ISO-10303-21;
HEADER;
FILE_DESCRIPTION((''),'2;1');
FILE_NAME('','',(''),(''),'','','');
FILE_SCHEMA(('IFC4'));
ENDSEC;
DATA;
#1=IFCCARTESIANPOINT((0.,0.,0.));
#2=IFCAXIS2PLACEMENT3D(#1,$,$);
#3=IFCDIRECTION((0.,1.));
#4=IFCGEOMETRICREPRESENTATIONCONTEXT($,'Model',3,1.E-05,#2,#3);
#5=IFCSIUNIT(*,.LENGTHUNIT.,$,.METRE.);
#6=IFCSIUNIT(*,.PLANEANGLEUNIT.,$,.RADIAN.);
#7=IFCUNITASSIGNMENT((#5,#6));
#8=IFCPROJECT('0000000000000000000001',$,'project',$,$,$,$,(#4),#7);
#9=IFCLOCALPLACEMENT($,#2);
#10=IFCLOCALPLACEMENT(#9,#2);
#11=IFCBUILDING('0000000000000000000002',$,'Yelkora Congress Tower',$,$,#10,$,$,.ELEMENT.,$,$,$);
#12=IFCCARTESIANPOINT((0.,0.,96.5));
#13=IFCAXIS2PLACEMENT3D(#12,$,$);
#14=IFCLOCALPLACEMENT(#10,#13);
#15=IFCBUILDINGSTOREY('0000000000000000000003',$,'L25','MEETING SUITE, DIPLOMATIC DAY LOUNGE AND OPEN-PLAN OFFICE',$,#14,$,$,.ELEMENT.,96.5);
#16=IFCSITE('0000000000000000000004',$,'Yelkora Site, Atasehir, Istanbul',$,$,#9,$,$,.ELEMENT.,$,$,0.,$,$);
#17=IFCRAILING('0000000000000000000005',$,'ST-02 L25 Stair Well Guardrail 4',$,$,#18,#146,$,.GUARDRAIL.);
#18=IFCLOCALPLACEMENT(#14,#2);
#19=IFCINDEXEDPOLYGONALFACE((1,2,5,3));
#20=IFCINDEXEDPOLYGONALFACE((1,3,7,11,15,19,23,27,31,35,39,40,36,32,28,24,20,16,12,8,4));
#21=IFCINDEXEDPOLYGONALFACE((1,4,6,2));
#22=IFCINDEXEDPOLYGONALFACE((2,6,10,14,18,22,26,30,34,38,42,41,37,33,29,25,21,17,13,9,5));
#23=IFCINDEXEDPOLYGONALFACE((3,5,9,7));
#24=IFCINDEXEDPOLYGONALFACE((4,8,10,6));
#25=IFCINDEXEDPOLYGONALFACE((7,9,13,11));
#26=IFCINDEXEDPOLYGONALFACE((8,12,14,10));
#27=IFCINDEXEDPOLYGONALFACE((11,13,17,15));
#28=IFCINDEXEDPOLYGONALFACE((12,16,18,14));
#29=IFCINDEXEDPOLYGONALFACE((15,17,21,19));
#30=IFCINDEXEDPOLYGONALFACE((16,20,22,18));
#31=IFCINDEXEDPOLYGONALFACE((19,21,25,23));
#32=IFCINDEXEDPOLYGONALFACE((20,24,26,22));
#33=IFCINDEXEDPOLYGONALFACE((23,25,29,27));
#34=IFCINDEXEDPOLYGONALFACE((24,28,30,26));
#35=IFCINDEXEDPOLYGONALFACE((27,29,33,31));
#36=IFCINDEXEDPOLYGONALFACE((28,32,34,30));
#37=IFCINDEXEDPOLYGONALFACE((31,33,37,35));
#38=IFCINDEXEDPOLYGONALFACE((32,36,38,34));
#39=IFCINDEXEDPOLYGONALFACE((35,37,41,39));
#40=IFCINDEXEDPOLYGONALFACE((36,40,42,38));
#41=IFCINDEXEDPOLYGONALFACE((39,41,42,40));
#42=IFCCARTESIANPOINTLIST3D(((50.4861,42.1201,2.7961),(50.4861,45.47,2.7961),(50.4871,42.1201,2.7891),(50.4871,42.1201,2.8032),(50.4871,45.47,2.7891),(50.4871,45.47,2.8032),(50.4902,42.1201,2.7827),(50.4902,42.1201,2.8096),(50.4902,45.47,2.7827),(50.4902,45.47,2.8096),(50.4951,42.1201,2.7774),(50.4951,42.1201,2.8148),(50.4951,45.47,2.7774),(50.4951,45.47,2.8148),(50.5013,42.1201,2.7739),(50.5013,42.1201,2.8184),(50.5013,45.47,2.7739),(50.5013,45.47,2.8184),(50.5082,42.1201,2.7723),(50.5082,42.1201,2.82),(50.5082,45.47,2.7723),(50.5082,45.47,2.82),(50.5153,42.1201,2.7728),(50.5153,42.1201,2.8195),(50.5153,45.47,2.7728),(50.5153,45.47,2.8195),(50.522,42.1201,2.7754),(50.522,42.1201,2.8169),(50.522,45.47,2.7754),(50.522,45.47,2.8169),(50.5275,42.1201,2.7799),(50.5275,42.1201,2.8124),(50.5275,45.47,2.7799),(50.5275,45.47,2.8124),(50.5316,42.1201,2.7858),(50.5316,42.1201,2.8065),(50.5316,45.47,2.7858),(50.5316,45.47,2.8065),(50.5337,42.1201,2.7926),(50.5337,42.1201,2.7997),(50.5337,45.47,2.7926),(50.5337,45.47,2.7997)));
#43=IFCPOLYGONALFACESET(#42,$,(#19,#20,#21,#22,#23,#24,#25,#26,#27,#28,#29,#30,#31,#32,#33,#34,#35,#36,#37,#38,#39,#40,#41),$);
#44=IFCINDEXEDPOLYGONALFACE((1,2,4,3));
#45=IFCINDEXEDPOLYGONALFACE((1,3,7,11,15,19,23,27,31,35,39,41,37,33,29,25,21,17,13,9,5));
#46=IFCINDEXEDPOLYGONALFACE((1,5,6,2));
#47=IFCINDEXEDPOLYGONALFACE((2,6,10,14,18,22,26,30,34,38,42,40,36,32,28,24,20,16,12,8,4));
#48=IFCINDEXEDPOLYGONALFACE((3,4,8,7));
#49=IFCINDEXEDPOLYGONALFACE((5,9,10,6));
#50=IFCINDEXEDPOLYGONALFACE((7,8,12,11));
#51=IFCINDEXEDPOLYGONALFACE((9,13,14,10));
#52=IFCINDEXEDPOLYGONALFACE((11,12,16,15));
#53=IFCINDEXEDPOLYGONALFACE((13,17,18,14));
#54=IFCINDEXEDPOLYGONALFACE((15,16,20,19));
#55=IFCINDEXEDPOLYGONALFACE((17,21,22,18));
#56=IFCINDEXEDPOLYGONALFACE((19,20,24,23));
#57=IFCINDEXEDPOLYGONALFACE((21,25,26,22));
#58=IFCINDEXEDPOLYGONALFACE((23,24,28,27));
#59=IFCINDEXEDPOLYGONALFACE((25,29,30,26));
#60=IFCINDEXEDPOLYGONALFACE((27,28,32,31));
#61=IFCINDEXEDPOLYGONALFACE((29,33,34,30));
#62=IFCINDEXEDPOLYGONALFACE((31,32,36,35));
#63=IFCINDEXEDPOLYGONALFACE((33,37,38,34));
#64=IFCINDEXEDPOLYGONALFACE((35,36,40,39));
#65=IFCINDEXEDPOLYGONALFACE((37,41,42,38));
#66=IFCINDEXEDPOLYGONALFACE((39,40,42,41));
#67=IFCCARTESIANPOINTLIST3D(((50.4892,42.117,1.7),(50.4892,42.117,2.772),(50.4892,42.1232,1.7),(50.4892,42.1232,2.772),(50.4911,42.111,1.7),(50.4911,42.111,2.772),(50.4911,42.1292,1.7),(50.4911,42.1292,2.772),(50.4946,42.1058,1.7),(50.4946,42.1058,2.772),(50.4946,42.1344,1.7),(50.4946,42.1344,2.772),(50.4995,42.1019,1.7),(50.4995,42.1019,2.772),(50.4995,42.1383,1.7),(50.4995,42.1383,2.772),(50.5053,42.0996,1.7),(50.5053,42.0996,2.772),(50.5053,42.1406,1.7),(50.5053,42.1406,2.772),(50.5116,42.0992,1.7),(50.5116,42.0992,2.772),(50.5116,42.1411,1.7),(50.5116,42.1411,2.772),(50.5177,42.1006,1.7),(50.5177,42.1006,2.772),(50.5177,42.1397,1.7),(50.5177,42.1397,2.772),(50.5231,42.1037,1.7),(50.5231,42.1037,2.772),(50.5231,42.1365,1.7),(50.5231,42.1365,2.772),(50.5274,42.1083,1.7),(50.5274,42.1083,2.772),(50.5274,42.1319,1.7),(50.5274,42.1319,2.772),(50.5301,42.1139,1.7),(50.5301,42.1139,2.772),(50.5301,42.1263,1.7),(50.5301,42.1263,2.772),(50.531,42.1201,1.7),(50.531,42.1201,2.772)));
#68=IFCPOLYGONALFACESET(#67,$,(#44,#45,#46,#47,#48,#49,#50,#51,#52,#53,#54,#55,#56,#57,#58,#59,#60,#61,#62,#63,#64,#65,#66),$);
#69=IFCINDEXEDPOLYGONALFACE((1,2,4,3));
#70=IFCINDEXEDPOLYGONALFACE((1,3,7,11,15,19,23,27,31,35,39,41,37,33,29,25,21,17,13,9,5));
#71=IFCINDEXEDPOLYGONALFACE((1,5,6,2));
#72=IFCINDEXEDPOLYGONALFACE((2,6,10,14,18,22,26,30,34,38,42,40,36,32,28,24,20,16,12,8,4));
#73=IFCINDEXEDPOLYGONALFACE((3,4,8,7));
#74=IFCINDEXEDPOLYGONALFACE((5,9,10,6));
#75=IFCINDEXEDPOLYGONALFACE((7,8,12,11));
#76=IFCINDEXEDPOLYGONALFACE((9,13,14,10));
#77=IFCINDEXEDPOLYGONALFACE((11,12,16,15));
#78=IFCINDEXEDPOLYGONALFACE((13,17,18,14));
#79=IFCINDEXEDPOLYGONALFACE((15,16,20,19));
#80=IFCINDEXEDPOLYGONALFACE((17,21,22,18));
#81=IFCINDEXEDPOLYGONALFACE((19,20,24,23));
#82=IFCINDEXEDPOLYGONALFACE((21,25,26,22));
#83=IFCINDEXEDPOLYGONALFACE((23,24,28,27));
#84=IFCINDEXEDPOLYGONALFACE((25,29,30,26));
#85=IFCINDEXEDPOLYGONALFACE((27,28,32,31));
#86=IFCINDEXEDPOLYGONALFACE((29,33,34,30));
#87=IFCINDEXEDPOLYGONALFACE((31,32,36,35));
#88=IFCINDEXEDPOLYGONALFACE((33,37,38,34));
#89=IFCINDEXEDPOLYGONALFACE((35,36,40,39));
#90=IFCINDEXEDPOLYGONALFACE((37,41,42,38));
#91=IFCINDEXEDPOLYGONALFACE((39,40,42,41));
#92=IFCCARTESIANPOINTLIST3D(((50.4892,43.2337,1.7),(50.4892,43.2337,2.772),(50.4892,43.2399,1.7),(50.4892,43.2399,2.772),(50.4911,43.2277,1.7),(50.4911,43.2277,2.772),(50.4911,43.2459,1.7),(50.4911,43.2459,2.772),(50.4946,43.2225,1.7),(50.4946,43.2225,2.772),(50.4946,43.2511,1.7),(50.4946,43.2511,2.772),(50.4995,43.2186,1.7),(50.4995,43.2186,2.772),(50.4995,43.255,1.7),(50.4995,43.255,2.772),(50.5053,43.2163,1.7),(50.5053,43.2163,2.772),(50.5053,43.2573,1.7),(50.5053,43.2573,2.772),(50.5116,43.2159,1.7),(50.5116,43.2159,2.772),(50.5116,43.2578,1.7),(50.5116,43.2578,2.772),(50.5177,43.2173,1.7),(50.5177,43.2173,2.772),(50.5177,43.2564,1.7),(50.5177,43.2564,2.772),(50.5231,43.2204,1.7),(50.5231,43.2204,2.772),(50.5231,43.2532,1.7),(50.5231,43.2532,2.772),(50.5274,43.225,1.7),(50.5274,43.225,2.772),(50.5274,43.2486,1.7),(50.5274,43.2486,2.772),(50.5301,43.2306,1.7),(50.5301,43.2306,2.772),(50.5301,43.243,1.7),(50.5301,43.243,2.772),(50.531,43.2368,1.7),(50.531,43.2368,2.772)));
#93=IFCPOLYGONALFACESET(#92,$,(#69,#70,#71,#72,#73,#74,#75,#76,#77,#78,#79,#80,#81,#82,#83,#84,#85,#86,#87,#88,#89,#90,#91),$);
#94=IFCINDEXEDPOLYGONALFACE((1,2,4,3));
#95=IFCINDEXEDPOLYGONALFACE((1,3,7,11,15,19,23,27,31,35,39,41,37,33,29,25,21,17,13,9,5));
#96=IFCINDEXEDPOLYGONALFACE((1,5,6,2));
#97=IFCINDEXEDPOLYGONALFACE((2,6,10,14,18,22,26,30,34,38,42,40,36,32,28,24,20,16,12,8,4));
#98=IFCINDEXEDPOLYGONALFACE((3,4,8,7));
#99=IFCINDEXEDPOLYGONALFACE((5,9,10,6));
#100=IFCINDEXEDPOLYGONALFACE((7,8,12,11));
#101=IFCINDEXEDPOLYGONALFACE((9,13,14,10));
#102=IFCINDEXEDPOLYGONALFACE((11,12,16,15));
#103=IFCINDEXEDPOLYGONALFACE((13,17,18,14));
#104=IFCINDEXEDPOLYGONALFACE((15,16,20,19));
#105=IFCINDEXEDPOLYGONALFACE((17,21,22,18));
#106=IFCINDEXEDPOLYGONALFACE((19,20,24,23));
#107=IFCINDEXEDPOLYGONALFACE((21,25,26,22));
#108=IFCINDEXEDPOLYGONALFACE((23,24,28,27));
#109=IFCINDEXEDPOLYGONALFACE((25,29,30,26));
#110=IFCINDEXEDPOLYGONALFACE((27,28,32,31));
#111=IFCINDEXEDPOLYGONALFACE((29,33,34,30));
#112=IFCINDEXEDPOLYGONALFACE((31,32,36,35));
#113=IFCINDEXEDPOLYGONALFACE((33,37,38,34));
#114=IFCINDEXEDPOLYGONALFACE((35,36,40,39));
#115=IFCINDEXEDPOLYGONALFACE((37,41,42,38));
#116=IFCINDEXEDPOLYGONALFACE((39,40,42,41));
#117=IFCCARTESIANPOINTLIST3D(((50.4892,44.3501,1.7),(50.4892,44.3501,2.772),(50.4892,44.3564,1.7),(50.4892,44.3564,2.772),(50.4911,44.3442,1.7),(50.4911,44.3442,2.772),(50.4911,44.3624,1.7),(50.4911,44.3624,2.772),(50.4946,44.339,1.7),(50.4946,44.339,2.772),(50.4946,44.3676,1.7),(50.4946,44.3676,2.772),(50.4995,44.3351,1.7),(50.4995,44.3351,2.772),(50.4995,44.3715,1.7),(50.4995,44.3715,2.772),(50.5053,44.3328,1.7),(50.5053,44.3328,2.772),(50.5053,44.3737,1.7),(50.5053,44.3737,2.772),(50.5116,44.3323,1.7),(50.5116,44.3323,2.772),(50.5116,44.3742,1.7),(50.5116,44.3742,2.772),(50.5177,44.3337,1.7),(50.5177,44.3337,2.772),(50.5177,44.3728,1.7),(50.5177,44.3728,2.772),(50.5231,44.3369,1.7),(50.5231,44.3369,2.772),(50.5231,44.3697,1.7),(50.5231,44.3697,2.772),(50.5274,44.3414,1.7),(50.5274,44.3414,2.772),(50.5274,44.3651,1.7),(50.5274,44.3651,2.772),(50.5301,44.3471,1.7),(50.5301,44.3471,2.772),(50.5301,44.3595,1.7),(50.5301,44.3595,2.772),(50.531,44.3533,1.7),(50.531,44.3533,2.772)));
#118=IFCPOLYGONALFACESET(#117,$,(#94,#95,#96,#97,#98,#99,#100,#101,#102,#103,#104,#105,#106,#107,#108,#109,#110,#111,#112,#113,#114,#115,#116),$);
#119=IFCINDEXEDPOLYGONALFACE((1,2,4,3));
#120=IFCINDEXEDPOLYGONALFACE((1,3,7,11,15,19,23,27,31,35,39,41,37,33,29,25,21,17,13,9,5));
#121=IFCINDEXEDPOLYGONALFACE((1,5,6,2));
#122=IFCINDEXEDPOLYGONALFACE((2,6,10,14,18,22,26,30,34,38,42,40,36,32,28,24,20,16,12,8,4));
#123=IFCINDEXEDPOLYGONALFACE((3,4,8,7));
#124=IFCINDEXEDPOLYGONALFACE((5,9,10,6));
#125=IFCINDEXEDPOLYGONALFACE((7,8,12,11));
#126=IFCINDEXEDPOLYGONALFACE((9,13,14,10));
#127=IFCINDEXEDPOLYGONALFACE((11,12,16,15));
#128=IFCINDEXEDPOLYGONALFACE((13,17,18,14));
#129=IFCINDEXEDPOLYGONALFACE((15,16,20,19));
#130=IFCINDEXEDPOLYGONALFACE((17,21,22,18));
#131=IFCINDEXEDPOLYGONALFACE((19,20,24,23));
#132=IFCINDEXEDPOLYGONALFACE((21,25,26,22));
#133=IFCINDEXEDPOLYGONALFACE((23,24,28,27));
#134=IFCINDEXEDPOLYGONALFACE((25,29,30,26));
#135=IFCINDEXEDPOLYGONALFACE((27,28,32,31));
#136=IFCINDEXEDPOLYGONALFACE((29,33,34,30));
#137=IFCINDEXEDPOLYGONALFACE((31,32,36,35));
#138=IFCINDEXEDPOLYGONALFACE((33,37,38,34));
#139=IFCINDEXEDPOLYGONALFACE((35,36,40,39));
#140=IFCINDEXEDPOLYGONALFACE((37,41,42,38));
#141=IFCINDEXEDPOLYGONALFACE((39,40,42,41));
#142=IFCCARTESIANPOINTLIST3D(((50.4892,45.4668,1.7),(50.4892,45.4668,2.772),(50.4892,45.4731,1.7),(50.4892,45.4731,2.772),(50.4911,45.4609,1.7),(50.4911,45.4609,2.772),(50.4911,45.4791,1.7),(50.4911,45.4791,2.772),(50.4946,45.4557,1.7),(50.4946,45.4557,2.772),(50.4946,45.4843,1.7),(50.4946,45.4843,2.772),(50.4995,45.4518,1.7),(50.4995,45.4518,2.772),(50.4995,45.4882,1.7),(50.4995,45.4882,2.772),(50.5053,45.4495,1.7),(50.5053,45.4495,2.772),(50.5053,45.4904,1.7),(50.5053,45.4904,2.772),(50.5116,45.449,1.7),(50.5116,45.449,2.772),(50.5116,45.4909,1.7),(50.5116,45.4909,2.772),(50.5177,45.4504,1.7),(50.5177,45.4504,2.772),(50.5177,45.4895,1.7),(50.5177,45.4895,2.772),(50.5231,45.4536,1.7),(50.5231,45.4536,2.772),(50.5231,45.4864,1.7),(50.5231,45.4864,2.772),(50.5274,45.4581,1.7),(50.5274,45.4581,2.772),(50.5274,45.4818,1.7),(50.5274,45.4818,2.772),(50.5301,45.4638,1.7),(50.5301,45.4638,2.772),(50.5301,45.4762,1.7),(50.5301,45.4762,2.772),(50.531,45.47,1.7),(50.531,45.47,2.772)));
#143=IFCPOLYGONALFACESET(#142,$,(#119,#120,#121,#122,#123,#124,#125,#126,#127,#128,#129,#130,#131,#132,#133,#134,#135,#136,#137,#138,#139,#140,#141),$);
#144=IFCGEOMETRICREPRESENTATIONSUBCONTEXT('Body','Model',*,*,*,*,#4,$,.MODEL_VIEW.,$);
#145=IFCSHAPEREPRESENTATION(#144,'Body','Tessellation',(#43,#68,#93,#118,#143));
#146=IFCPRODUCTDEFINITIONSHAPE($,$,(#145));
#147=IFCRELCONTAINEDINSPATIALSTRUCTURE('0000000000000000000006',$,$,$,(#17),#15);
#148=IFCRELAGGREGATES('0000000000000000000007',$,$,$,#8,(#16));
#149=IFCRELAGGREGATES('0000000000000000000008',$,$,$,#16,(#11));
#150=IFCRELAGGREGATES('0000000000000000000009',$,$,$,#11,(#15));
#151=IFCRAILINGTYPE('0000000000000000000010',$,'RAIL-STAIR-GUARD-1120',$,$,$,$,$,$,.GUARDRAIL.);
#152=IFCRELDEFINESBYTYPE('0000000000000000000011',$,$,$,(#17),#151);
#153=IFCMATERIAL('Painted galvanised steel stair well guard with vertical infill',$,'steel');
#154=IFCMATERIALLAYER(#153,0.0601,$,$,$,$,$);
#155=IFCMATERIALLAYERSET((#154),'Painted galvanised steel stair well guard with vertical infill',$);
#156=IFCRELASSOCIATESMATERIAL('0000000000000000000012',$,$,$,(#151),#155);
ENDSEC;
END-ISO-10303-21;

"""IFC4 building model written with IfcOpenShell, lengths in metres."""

from ifc_helpers import new_model, si_unit, direction, frame, origin, origin_2d, place, context, subcontext, project, spatial, circle, extrude, material, layer, layer_set, type_object, element, save


model = new_model("IFC4")

# Units and contexts
model_context = context("Model", 3, precision=1e-05, world=origin(), true_north=direction((0.0, 1.0)))
body_context = subcontext(model_context, "Body", "Model", "MODEL_VIEW")
ifc_project = project(units=[si_unit("LENGTHUNIT", "METRE"), si_unit("PLANEANGLEUNIT", "RADIAN")], contexts=[model_context])

# Site, building, storey
site_placement = place(None, origin())
site = spatial("IfcSite", under=ifc_project, at=site_placement, Name="Yelkora Site, Atasehir, Istanbul", CompositionType="ELEMENT", RefElevation=0.0)
building_placement = place(site_placement, origin())
building = spatial("IfcBuilding", under=site, at=building_placement, Name="Yelkora Congress Tower", CompositionType="ELEMENT")
storey_placement = place(building_placement, frame((0.0, 0.0, 96.5)))
storey = spatial("IfcBuildingStorey", under=building, at=storey_placement, Name="L25", Description="MEETING SUITE, DIPLOMATIC DAY LOUNGE AND OPEN-PLAN OFFICE", CompositionType="ELEMENT", Elevation=96.5)

# Railing
ifc_material_1 = material(Name="Painted galvanised steel stair well guard with vertical infill", Category="steel")
ifc_layer_1 = layer(ifc_material_1, 0.0601)
ifc_layer_set_1 = layer_set([ifc_layer_1], Name="Painted galvanised steel stair well guard with vertical infill")
railing_type_1 = type_object("IfcRailingType", Name="RAIL-STAIR-GUARD-1120", PredefinedType="GUARDRAIL", material=ifc_layer_set_1)
for number, where, name in (
    (1, (50.51, 42.1201, 1.7), "ST-02 L25 Stair Well Guardrail 4"),
):
    element("IfcRailing", number, at=place(storey_placement, frame(where)), inside=storey, type_object=railing_type_1, Name=name, PredefinedType="GUARDRAIL", context=body_context, shape_type="SweptSolid", body=[
        extrude(circle(Radius=0.0239, at=origin_2d()), frame((0.0, 0.0, 1.0962), z_axis=(0.0, 1.0, 0.0), x_axis=(-1.0, 0.0, 0.0)), (0.0, 0.0, 1.0), 3.3499),
        extrude(circle(Radius=0.021, at=origin_2d()), origin(), (0.0, 0.0, 1.0), 1.072),
        extrude(circle(Radius=0.021, at=origin_2d()), frame((0.0, 1.1167, 0.0)), (0.0, 0.0, 1.0), 1.072),
        extrude(circle(Radius=0.021, at=origin_2d()), frame((0.0, 2.2332, 0.0)), (0.0, 0.0, 1.0), 1.072),
        extrude(circle(Radius=0.021, at=origin_2d()), frame((0.0, 3.3499, 0.0)), (0.0, 0.0, 1.0), 1.072),
    ])

save(model, "model.ifc")
